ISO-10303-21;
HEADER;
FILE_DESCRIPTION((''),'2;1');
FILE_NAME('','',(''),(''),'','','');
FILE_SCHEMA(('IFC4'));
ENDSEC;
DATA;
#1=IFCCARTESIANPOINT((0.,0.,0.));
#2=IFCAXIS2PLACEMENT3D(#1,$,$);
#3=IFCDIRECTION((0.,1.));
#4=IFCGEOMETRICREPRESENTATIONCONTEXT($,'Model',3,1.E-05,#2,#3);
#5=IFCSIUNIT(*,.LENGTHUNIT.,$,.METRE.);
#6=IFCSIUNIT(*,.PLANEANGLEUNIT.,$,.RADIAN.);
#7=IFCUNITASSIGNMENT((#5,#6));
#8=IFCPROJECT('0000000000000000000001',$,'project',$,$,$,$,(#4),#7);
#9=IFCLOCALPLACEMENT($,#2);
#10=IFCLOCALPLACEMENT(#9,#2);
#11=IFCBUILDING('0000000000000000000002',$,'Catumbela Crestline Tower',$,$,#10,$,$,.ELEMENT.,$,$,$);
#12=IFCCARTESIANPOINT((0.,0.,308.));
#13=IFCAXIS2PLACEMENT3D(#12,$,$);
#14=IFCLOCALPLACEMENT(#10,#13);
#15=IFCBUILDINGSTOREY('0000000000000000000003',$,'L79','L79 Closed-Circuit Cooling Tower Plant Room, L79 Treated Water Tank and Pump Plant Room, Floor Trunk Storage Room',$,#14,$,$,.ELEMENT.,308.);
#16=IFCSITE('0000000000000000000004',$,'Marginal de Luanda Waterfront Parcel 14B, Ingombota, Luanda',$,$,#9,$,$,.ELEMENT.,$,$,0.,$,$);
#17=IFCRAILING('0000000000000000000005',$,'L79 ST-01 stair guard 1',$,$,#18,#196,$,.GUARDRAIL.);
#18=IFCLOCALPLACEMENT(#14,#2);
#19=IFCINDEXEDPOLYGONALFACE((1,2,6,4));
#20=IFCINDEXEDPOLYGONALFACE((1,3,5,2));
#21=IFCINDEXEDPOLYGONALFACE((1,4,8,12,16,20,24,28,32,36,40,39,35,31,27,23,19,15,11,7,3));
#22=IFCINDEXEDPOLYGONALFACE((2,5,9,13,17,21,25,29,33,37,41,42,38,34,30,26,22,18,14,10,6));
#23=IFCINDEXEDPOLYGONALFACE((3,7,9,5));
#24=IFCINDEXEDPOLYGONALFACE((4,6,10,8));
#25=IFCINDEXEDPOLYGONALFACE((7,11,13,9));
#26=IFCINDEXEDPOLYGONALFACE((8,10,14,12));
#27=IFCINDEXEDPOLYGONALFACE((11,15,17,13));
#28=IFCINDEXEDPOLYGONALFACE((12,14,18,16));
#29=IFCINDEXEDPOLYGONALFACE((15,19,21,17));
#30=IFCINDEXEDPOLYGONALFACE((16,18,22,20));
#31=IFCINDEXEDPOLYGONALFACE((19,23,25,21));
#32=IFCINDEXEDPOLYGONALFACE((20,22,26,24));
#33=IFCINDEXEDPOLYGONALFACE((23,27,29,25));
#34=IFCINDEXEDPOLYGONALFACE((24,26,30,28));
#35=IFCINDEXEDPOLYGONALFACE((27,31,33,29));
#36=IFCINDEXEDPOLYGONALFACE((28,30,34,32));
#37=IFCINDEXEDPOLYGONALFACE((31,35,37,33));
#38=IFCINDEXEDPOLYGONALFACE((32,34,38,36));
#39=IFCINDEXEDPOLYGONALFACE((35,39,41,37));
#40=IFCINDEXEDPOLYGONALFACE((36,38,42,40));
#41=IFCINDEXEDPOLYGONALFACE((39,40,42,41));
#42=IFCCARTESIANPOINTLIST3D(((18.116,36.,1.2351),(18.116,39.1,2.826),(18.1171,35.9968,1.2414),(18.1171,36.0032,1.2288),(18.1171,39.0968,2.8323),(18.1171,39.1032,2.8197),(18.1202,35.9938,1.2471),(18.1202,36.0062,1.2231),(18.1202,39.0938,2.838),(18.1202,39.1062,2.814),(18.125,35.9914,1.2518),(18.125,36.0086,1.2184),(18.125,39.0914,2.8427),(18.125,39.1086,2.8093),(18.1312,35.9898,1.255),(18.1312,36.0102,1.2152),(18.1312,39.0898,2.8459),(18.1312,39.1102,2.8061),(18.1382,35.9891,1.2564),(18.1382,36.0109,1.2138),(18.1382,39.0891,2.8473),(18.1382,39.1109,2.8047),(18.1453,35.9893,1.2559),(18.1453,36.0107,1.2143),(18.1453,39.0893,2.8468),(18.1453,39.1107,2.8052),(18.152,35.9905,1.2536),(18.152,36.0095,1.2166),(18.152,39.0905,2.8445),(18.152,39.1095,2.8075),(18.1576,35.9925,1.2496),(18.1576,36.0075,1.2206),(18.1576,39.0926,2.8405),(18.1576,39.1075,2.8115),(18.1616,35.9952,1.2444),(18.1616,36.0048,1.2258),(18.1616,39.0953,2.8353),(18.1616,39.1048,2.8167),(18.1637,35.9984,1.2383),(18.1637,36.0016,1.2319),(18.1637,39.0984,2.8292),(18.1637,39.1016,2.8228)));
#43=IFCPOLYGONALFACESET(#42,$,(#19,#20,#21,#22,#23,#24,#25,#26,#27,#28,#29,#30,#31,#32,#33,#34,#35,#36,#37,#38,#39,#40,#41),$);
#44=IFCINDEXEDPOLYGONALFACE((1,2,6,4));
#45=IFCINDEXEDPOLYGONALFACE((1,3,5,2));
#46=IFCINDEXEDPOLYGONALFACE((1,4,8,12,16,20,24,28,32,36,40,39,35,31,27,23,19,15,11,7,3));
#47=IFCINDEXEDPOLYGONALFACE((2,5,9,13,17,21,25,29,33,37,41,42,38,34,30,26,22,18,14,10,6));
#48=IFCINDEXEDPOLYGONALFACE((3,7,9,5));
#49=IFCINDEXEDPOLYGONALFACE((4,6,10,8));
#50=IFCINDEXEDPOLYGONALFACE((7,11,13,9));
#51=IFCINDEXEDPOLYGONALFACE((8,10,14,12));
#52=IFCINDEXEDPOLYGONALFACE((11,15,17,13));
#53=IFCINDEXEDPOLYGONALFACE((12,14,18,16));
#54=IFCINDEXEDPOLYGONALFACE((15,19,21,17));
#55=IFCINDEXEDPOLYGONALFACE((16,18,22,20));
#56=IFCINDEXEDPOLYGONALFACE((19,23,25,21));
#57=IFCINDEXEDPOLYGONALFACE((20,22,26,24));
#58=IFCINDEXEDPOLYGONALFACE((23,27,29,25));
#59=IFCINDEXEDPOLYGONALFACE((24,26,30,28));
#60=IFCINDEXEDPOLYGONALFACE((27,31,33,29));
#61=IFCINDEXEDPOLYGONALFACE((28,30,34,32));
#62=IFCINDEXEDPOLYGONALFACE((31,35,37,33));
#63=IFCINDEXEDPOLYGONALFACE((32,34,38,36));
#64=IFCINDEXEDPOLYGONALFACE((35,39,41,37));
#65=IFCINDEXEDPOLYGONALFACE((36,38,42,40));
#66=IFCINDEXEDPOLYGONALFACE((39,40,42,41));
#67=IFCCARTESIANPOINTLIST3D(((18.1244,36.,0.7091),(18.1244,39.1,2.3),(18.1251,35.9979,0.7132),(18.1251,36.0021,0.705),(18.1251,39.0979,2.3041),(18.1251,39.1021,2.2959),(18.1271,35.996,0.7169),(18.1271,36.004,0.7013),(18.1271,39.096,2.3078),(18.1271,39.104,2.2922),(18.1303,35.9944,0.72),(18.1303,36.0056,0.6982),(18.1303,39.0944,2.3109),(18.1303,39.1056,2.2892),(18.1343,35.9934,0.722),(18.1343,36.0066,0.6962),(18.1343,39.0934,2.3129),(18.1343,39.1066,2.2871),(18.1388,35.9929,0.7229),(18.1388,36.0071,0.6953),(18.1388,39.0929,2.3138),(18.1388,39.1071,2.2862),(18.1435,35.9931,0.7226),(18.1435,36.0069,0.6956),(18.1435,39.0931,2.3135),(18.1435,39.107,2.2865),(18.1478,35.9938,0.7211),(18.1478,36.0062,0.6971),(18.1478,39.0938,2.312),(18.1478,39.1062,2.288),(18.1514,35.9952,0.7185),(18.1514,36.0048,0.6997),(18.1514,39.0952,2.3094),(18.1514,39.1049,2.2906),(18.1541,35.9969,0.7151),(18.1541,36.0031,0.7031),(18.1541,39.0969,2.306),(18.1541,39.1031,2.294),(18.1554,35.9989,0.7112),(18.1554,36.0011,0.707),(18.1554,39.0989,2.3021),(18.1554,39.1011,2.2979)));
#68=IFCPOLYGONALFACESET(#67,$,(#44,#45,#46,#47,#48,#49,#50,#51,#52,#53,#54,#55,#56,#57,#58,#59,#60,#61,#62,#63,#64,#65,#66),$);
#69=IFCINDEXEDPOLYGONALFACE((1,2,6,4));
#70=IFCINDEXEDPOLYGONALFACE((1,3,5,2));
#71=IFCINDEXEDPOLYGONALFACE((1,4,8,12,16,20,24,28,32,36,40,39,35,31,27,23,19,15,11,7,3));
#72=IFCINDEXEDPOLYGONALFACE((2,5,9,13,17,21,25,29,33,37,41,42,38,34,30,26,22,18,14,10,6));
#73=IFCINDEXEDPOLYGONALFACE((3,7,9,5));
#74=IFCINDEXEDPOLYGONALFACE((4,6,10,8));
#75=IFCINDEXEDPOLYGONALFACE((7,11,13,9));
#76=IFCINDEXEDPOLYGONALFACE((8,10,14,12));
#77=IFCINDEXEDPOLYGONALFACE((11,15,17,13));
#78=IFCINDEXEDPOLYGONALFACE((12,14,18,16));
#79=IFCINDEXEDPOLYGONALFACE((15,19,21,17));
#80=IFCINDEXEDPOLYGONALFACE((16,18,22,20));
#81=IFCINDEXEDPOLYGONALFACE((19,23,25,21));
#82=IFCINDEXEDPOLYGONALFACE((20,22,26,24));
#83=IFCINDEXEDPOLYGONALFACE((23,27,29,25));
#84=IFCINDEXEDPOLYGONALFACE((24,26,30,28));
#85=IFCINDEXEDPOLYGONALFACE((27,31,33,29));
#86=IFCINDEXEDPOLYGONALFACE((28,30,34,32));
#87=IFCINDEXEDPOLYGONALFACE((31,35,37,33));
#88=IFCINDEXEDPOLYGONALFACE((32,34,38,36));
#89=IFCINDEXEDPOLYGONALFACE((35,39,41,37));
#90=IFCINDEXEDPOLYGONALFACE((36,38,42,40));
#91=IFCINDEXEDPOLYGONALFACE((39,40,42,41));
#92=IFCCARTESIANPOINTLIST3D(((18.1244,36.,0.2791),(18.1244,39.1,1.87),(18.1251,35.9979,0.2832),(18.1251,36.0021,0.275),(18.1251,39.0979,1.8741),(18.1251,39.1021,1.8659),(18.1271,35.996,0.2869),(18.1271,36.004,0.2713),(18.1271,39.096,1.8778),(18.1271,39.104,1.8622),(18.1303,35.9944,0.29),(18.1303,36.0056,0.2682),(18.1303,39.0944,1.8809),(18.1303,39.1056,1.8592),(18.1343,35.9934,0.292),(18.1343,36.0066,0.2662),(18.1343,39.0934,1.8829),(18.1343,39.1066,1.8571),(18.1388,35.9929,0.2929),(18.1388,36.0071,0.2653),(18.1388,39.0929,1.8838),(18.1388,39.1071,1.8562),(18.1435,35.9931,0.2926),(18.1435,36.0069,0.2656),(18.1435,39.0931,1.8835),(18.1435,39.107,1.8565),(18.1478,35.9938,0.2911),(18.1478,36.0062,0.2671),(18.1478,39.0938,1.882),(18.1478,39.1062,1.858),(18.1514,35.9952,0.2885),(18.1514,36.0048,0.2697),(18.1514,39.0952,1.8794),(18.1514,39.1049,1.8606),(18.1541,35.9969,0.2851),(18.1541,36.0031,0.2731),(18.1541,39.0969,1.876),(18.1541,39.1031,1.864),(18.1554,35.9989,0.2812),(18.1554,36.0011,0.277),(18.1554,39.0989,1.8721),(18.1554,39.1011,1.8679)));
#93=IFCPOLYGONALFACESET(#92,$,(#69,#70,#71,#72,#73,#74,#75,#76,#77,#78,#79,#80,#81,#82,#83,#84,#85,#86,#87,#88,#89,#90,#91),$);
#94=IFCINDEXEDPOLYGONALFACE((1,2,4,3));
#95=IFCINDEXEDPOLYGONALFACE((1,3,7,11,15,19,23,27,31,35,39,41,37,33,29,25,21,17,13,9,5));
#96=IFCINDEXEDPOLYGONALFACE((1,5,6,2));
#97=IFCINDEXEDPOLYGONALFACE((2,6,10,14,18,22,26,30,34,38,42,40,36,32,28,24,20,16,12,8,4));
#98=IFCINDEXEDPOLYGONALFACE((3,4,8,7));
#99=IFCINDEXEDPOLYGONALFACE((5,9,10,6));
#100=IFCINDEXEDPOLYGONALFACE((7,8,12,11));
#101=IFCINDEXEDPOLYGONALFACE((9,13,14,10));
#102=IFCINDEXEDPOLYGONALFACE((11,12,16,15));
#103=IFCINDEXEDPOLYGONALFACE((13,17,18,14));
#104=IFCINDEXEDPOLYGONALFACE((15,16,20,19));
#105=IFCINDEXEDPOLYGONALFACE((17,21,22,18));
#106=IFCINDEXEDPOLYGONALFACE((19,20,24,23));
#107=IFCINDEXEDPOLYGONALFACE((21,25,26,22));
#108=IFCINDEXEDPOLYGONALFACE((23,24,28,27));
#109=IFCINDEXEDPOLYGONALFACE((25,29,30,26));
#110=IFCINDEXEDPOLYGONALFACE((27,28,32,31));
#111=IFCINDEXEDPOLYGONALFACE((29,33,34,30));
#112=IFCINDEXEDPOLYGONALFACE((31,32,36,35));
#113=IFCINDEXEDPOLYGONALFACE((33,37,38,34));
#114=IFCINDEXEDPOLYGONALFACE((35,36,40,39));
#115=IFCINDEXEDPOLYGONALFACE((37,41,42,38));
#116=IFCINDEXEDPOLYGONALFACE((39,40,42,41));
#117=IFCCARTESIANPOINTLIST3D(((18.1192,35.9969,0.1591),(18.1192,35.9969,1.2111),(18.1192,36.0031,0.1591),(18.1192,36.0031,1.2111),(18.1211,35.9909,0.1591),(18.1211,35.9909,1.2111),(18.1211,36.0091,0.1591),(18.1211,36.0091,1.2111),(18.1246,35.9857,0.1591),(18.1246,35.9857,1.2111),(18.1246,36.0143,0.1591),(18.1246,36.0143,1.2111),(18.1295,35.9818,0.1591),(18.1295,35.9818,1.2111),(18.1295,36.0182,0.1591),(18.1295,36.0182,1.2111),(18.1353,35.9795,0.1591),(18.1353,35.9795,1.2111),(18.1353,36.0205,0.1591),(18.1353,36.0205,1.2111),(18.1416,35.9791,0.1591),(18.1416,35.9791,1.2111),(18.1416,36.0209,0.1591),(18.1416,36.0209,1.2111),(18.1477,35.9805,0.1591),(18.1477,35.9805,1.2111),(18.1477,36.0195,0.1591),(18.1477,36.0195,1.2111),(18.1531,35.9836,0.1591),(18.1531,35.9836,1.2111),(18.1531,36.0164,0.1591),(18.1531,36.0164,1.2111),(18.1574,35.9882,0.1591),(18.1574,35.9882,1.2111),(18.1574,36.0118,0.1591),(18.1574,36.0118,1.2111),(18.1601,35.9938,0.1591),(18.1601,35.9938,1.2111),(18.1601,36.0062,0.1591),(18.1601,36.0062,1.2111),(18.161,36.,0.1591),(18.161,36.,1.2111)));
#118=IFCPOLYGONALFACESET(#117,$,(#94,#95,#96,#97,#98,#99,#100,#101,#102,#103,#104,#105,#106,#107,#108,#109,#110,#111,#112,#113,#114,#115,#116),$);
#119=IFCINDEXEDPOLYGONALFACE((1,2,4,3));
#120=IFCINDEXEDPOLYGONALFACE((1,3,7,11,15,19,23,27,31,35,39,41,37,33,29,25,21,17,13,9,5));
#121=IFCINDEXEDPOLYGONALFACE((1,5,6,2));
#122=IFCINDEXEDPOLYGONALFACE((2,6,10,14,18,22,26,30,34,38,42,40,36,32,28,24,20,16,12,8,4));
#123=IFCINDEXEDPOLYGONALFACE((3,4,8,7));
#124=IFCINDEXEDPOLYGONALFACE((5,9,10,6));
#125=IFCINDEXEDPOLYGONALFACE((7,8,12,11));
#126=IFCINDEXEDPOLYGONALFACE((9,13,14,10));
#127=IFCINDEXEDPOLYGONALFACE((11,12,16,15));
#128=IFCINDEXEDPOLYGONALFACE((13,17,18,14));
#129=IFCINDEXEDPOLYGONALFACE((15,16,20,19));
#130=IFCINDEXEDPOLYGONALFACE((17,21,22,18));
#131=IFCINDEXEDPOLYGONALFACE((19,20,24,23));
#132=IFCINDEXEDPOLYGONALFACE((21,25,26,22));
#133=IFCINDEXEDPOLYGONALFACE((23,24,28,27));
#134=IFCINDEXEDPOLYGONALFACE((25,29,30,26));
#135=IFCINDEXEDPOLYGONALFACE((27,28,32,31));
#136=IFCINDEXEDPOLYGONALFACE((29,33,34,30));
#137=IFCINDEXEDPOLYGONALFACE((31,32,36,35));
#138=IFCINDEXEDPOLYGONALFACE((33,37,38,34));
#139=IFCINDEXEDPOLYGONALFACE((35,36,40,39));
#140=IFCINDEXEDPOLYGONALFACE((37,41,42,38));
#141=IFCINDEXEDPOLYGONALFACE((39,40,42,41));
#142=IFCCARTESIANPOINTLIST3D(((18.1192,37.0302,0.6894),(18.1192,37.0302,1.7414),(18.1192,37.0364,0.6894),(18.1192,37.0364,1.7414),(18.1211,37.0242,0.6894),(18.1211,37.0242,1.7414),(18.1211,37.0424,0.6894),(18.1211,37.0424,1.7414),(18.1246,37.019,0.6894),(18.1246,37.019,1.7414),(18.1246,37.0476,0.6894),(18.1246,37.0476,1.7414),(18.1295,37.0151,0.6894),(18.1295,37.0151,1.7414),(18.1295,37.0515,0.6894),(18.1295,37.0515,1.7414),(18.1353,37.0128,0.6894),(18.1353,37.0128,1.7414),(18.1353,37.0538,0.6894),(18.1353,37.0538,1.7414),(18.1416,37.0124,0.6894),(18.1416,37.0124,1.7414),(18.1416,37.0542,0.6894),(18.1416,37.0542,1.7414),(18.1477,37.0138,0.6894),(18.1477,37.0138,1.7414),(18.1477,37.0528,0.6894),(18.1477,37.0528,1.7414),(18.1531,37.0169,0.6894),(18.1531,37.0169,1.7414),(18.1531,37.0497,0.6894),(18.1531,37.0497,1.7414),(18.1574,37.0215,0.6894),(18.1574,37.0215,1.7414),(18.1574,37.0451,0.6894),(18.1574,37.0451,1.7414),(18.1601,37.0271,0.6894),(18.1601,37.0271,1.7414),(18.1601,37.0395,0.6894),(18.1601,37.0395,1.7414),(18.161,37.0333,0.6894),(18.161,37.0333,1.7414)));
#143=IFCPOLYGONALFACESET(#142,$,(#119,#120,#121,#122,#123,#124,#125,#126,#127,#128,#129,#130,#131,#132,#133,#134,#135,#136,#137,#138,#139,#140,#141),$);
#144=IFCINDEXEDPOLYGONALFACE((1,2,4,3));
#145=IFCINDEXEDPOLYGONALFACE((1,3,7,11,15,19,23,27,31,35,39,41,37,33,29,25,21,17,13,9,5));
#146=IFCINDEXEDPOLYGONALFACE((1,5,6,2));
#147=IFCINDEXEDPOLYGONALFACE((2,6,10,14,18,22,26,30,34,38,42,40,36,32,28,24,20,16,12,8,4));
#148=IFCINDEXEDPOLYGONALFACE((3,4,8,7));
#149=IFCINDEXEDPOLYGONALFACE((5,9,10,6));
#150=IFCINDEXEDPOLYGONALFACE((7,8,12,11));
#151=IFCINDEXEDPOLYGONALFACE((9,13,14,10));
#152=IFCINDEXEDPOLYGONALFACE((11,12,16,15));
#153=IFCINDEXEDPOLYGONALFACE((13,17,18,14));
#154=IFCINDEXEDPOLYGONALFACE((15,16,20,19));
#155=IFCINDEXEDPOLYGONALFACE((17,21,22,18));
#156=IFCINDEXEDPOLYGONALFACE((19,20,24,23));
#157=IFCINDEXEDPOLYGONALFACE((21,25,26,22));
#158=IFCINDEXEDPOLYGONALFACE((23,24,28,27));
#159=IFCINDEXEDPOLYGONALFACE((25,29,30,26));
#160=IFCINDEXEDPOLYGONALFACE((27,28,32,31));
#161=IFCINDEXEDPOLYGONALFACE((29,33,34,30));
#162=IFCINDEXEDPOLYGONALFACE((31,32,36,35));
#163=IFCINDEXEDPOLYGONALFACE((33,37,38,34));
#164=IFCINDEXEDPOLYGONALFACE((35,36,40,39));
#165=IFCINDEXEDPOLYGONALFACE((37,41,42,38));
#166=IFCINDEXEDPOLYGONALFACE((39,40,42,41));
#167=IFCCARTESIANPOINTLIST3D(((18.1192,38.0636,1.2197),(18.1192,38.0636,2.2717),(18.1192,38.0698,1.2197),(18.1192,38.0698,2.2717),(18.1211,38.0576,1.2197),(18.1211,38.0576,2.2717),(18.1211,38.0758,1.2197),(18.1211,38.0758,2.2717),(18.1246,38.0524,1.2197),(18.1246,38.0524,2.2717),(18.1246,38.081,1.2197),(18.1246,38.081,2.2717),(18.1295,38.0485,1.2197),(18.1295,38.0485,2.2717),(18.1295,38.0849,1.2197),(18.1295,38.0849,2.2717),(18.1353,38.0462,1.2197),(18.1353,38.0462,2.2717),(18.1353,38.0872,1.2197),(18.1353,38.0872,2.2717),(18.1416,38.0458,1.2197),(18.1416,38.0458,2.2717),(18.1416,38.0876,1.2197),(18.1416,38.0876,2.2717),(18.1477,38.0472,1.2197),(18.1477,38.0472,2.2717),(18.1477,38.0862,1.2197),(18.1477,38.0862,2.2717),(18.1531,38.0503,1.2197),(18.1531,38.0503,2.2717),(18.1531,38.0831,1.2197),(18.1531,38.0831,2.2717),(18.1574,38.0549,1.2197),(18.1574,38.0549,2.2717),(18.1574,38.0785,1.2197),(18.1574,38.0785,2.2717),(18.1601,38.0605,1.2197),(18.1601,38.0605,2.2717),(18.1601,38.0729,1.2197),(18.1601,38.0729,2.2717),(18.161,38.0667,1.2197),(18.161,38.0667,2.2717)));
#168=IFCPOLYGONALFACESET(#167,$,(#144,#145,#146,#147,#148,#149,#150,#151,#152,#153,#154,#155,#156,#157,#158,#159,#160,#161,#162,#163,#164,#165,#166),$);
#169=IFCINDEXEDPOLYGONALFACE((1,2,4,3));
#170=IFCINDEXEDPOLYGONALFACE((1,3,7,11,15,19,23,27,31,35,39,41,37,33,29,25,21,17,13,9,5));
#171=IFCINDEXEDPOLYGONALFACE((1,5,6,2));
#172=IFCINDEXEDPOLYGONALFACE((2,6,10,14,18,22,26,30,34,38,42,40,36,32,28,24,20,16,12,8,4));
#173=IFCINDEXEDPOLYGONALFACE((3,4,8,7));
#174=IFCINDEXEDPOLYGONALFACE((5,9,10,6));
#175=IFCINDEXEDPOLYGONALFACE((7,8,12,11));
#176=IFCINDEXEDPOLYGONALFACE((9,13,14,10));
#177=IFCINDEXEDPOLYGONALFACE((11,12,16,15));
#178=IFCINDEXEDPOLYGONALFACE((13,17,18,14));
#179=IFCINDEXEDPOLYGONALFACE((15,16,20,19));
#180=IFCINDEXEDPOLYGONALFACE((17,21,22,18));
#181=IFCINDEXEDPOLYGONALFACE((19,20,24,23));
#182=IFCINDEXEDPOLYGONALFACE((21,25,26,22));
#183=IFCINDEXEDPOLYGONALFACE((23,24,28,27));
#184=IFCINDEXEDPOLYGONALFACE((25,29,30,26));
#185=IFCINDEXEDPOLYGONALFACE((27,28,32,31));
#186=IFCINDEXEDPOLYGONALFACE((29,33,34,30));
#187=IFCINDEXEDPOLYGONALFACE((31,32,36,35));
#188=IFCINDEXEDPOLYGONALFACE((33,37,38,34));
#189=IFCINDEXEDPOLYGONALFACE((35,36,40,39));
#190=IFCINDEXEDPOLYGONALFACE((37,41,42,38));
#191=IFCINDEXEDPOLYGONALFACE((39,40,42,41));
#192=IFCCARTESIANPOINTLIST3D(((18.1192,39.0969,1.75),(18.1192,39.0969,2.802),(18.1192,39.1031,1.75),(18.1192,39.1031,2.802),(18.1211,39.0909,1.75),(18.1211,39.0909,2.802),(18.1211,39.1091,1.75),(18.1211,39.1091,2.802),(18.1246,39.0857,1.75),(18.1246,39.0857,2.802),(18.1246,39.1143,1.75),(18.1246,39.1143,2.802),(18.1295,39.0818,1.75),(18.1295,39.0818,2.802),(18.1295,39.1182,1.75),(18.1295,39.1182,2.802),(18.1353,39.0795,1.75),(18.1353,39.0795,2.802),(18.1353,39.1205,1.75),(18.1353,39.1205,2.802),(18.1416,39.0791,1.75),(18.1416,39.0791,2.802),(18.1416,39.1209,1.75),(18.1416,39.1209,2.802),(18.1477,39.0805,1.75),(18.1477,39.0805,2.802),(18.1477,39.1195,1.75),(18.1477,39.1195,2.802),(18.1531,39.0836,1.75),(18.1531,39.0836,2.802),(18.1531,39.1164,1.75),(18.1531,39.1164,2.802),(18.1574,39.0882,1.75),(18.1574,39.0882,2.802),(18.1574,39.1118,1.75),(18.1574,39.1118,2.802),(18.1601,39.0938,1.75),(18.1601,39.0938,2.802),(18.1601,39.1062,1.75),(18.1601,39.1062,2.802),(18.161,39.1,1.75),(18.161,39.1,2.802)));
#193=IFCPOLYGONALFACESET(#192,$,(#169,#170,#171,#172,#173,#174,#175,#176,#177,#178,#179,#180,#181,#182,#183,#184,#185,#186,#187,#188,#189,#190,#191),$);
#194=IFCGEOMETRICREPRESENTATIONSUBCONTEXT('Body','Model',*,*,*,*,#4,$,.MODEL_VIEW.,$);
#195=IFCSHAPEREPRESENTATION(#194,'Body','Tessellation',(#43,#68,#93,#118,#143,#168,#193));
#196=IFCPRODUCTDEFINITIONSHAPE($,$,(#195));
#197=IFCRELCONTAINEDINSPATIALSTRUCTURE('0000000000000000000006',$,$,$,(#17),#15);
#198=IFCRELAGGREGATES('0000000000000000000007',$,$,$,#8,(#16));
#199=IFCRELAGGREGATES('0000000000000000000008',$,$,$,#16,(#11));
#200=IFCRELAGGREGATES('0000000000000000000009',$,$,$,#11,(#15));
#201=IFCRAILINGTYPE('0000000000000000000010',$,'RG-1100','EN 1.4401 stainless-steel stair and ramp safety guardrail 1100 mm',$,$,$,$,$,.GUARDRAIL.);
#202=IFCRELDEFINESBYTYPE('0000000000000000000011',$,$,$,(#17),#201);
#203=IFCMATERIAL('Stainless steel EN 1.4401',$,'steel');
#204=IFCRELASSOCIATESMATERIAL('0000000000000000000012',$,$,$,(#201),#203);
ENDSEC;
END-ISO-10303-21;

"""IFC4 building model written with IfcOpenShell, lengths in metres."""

from ifc_helpers import new_model, si_unit, direction, frame, origin, origin_2d, place, context, subcontext, project, spatial, circle, extrude, material, type_object, element, save


model = new_model("IFC4")

# Units and contexts
model_context = context("Model", 3, precision=1e-05, world=origin(), true_north=direction((0.0, 1.0)))
body_context = subcontext(model_context, "Body", "Model", "MODEL_VIEW")
ifc_project = project(units=[si_unit("LENGTHUNIT", "METRE"), si_unit("PLANEANGLEUNIT", "RADIAN")], contexts=[model_context])

# Site, building, storey
site_placement = place(None, origin())
site = spatial("IfcSite", under=ifc_project, at=site_placement, Name="Marginal de Luanda Waterfront Parcel 14B, Ingombota, Luanda", CompositionType="ELEMENT", RefElevation=0.0)
building_placement = place(site_placement, origin())
building = spatial("IfcBuilding", under=site, at=building_placement, Name="Catumbela Crestline Tower", CompositionType="ELEMENT")
storey_placement = place(building_placement, frame((0.0, 0.0, 308.0)))
storey = spatial("IfcBuildingStorey", under=building, at=storey_placement, Name="L79", Description="L79 Closed-Circuit Cooling Tower Plant Room, L79 Treated Water Tank and Pump Plant Room, Floor Trunk Storage Room", CompositionType="ELEMENT", Elevation=308.0)

# Shared definitions
ifc_material_1 = material(Name="Stainless steel EN 1.4401", Category="steel")

# Railing
railing_type_1 = type_object("IfcRailingType", Name="RG-1100", Description="EN 1.4401 stainless-steel stair and ramp safety guardrail 1100 mm", PredefinedType="GUARDRAIL", material=ifc_material_1)
railing_1_placement = place(storey_placement, frame((18.14, 36.0, 0.1591)))
element("IfcRailing", 1, at=railing_1_placement, inside=storey, type_object=railing_type_1, Name="L79 ST-01 stair guard 1", PredefinedType="GUARDRAIL", context=body_context, shape_type="SweptSolid", body=[
    extrude(circle(Radius=0.024, at=origin_2d()), frame((0.0, 0.0, 1.076), z_axis=(0.0, 0.889683, 0.456579), x_axis=(-1.0, 0.0, 0.0)), (0.0, 0.0, 1.0), 3.4844),
    extrude(circle(Radius=0.0156, at=origin_2d()), frame((0.0, 0.0, 0.55), z_axis=(0.0, 0.889683, 0.456579), x_axis=(-1.0, 0.0, 0.0)), (0.0, 0.0, 1.0), 3.4844),
    extrude(circle(Radius=0.0156, at=origin_2d()), frame((0.0, 0.0, 0.12), z_axis=(0.0, 0.889683, 0.456579), x_axis=(-1.0, 0.0, 0.0)), (0.0, 0.0, 1.0), 3.4844),
    extrude(circle(Radius=0.021, at=origin_2d()), origin(), (0.0, 0.0, 1.0), 1.052),
    extrude(circle(Radius=0.021, at=origin_2d()), frame((0.0, 1.0333, 0.5303)), (0.0, 0.0, 1.0), 1.052),
    extrude(circle(Radius=0.021, at=origin_2d()), frame((0.0, 2.0667, 1.0606)), (0.0, 0.0, 1.0), 1.052),
    extrude(circle(Radius=0.021, at=origin_2d()), frame((0.0, 3.1, 1.5909)), (0.0, 0.0, 1.0), 1.052),
])

save(model, "model.ifc")
